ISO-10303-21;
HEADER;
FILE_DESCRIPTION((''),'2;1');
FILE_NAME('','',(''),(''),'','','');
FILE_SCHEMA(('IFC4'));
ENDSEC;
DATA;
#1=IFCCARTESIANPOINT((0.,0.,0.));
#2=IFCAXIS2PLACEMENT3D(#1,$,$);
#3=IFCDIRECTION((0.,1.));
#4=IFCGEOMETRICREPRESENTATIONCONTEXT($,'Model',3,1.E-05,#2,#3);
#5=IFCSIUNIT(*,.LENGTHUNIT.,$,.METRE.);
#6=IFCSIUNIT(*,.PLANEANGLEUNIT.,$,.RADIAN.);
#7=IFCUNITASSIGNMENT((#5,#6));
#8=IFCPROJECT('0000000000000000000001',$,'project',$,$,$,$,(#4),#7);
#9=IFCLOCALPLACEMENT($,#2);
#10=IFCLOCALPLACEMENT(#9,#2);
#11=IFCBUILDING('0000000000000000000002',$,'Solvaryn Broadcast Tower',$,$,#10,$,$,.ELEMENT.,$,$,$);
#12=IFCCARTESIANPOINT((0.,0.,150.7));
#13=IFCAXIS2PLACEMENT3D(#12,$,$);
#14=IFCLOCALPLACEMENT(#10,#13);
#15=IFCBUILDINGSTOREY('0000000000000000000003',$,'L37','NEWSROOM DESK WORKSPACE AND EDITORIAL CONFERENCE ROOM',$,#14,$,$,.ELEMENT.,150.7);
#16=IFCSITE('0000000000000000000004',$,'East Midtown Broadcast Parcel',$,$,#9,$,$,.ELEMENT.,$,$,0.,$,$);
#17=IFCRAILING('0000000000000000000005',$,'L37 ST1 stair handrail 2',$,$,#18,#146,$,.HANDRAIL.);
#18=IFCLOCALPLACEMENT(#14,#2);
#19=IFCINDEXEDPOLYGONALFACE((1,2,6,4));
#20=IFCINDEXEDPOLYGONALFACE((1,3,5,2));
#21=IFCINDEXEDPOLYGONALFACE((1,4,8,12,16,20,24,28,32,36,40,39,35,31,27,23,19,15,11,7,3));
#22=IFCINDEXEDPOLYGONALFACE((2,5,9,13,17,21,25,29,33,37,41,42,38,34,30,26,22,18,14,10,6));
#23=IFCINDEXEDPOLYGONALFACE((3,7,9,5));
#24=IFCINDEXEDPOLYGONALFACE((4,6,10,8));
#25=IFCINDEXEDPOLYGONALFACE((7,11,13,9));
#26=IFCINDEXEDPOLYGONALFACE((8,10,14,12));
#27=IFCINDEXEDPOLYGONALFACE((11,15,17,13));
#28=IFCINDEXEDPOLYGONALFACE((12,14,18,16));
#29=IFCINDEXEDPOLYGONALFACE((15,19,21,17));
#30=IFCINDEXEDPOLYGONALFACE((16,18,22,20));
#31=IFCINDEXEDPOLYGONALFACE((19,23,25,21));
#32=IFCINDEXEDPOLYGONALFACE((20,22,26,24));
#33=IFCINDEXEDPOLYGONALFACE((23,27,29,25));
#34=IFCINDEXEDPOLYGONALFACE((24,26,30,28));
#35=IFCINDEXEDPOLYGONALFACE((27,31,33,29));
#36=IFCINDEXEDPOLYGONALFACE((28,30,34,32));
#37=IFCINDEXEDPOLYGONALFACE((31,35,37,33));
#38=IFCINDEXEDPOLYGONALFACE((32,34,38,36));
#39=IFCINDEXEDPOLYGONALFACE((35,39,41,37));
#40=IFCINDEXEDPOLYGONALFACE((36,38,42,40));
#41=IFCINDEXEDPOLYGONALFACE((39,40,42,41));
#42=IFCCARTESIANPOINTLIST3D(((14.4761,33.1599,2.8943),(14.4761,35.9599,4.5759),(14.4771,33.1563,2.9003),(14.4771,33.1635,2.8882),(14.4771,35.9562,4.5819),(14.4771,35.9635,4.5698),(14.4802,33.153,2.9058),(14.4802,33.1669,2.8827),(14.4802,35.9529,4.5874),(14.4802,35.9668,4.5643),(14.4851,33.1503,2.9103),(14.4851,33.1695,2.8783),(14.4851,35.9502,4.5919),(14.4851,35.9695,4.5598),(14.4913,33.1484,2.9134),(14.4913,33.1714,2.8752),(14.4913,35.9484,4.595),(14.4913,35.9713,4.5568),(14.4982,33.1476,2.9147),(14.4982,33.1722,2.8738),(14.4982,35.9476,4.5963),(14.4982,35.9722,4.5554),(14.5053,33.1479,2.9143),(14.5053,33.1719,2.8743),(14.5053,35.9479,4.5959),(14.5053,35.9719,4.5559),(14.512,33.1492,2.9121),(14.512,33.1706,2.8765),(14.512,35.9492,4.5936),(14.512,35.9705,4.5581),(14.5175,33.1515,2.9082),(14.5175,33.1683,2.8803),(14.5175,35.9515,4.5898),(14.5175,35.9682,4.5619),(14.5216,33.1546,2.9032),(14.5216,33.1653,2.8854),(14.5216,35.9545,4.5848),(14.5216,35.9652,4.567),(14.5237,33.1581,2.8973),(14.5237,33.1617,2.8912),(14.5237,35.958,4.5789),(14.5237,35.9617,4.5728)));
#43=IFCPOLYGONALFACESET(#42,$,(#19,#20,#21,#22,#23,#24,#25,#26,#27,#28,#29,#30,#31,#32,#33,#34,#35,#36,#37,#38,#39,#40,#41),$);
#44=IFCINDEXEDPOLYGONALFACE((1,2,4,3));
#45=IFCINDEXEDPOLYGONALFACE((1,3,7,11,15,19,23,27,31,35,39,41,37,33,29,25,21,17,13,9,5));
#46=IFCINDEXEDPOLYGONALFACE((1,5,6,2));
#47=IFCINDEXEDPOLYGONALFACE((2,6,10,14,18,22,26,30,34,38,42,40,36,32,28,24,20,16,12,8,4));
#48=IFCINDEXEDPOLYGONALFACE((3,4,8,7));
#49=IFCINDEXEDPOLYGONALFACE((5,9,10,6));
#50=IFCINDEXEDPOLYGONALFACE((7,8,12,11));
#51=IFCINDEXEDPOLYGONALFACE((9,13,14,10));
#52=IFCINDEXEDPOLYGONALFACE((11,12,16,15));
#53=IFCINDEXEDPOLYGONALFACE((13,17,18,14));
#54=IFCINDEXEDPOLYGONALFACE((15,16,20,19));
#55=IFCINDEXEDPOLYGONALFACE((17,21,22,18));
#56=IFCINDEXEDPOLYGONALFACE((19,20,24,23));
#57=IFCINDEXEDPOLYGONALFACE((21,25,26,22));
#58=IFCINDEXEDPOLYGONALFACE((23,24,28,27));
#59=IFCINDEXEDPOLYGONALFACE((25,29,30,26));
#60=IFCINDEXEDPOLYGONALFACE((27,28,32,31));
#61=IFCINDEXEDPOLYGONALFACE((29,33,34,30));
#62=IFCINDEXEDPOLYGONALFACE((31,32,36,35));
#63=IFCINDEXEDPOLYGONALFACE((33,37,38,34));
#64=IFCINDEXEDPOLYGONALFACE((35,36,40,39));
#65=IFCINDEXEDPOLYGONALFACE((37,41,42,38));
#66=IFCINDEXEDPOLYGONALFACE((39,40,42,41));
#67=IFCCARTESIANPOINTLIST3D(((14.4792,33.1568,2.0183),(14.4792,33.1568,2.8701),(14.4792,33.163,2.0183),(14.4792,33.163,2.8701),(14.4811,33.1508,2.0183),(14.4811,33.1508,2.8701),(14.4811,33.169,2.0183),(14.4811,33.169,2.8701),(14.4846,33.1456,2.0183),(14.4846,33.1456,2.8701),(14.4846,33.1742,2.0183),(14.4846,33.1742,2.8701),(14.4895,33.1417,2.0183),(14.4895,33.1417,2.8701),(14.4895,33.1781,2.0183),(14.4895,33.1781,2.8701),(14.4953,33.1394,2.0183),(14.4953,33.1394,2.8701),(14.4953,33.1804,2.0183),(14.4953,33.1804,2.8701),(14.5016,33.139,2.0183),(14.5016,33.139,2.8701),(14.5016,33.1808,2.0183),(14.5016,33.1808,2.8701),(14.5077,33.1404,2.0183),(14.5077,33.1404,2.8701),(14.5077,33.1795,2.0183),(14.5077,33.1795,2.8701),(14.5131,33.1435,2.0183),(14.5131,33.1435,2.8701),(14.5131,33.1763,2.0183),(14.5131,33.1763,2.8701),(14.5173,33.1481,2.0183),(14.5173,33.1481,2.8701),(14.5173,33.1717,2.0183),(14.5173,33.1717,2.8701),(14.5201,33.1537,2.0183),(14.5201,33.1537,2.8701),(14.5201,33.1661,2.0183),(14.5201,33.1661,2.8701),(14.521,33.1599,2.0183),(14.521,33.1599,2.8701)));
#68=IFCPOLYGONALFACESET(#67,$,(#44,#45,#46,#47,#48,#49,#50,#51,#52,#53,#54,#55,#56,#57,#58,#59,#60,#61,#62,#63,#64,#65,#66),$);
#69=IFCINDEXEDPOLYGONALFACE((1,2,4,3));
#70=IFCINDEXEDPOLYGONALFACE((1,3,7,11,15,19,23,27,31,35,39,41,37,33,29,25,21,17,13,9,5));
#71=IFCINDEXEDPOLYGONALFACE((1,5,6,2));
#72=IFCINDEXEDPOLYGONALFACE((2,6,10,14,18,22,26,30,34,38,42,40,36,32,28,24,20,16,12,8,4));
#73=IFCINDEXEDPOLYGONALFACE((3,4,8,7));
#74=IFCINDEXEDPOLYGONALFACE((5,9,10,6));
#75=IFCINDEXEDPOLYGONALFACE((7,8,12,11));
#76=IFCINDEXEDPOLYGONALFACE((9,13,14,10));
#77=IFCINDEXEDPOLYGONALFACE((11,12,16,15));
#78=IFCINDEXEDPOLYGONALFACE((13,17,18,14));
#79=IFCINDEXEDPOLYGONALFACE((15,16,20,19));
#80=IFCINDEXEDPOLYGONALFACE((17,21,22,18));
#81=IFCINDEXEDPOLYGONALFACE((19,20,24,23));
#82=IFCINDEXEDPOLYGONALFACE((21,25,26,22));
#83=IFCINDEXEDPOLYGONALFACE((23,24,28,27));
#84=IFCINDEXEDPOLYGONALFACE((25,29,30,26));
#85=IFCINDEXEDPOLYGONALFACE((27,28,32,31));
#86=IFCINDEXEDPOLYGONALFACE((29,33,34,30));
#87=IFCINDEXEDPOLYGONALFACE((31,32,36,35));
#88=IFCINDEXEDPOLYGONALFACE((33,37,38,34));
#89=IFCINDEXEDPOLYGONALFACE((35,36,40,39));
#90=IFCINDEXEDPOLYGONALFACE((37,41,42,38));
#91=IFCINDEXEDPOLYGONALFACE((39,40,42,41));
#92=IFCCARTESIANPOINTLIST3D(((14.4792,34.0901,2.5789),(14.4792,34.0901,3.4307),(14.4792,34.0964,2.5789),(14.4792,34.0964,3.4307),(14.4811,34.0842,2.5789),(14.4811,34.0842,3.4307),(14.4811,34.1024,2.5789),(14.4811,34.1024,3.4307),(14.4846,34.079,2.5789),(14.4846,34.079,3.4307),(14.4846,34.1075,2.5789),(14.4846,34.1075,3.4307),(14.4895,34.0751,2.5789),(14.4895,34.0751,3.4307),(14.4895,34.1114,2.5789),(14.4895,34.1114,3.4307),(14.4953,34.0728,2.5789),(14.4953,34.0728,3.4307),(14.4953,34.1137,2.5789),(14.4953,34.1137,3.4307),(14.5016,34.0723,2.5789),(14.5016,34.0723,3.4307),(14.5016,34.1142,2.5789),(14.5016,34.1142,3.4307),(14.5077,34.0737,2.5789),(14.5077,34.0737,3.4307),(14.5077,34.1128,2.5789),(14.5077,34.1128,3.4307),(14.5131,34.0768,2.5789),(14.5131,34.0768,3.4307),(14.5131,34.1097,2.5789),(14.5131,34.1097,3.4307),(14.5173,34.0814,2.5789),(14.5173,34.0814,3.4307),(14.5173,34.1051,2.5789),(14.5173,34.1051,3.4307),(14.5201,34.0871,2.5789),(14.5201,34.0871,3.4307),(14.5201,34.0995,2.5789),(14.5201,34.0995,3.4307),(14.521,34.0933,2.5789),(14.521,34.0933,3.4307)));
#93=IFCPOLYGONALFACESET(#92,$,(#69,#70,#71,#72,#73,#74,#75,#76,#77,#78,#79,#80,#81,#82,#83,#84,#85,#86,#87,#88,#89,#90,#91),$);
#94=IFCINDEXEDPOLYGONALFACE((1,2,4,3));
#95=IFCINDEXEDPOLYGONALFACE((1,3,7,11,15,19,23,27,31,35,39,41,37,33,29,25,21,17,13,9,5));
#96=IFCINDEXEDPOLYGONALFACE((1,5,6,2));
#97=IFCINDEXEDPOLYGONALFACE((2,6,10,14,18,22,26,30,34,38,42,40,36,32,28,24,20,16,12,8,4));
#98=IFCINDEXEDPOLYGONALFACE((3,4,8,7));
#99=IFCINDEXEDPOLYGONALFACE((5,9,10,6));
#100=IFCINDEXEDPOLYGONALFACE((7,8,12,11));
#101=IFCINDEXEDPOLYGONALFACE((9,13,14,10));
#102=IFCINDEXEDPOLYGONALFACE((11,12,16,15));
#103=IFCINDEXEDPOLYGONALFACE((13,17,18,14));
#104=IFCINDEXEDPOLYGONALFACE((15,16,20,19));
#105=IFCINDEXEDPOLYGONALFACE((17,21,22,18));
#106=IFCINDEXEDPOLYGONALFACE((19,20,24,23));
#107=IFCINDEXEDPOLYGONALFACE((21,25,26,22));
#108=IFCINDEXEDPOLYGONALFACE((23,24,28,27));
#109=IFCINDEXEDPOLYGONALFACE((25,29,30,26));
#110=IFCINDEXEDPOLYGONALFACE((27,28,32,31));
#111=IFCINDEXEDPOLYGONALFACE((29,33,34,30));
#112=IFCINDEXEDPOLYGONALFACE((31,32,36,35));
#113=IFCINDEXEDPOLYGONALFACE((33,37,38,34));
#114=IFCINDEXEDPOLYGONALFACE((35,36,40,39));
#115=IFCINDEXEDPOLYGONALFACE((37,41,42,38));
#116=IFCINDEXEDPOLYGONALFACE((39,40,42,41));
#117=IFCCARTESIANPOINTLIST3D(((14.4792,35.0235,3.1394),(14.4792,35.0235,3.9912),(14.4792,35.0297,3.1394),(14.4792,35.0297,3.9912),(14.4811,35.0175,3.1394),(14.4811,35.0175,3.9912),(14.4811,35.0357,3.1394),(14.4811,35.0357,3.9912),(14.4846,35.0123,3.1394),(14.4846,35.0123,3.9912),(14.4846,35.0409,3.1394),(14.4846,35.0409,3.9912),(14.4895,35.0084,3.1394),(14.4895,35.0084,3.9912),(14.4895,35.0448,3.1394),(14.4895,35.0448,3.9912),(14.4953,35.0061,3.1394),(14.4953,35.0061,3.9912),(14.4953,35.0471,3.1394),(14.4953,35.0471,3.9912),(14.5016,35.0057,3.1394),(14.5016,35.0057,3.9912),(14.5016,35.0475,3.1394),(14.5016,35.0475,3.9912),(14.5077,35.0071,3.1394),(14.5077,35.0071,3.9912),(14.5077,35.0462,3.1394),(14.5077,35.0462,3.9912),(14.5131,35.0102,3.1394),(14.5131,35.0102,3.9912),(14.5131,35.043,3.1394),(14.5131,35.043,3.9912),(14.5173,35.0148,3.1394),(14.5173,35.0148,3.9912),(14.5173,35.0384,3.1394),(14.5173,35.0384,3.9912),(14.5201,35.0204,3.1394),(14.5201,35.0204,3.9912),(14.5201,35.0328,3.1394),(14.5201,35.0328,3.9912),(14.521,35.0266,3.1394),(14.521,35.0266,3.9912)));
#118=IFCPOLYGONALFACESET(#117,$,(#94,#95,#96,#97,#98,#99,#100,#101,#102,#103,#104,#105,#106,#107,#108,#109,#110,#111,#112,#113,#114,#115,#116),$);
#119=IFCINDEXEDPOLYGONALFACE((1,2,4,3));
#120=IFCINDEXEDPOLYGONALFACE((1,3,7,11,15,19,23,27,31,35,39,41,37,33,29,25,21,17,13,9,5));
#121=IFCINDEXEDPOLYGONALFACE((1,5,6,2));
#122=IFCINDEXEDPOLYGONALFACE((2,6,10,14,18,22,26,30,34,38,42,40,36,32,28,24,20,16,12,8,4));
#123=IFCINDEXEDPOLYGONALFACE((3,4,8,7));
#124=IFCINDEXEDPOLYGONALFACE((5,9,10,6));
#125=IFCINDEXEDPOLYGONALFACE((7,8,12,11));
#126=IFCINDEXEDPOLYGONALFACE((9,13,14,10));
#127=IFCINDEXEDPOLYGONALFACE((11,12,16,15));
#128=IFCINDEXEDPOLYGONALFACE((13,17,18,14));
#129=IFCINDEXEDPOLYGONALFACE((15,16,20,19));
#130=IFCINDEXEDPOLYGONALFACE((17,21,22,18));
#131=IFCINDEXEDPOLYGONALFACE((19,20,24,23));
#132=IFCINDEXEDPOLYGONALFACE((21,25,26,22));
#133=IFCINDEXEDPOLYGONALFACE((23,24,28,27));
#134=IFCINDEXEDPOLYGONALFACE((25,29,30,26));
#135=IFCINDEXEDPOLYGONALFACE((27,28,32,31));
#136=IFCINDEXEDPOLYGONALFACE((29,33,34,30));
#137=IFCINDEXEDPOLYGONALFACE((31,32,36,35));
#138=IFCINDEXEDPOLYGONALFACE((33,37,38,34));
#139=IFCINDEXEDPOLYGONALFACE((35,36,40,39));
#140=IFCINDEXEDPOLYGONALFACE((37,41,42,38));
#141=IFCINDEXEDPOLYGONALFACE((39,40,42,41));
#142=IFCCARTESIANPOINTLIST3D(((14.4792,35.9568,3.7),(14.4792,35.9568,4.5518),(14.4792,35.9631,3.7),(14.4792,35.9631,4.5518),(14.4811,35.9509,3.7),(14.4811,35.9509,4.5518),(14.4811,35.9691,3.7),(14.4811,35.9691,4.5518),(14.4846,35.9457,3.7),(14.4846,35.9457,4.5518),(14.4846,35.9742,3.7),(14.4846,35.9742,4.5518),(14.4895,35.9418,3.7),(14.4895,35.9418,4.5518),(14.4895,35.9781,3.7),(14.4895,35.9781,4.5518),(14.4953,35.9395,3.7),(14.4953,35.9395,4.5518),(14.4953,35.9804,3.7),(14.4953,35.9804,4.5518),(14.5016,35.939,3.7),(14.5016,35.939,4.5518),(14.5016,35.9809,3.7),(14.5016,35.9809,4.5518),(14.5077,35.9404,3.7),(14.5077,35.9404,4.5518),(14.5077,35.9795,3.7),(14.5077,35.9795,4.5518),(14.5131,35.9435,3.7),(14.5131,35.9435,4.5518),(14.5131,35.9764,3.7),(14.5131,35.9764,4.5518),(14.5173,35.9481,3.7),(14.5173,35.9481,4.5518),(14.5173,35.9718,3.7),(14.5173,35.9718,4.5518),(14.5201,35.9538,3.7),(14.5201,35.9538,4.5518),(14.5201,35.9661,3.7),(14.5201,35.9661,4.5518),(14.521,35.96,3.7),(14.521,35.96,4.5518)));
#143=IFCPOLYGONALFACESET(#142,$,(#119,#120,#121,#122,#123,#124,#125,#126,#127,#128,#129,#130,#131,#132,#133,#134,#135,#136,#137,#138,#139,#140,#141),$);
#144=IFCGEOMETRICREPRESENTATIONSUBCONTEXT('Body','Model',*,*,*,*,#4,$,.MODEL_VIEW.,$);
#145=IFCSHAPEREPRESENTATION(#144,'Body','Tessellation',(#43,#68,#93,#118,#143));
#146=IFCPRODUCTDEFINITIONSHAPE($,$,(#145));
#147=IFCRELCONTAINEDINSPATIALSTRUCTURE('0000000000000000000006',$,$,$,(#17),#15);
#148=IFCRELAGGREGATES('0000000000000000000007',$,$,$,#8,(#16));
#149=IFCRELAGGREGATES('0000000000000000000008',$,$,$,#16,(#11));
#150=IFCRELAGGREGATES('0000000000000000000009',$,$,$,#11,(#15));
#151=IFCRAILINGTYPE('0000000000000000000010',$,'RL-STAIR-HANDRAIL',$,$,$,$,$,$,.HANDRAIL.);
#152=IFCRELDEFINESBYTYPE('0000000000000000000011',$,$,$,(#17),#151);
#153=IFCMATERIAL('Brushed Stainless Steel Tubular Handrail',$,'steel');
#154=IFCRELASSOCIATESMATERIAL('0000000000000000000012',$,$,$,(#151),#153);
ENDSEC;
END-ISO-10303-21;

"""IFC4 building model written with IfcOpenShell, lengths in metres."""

from ifc_helpers import new_model, si_unit, direction, frame, origin, origin_2d, place, context, subcontext, project, spatial, circle, extrude, material, type_object, element, save


model = new_model("IFC4")

# Units and contexts
model_context = context("Model", 3, precision=1e-05, world=origin(), true_north=direction((0.0, 1.0)))
body_context = subcontext(model_context, "Body", "Model", "MODEL_VIEW")
ifc_project = project(units=[si_unit("LENGTHUNIT", "METRE"), si_unit("PLANEANGLEUNIT", "RADIAN")], contexts=[model_context])

# Site, building, storey
site_placement = place(None, origin())
site = spatial("IfcSite", under=ifc_project, at=site_placement, Name="East Midtown Broadcast Parcel", CompositionType="ELEMENT", RefElevation=0.0)
building_placement = place(site_placement, origin())
building = spatial("IfcBuilding", under=site, at=building_placement, Name="Solvaryn Broadcast Tower", CompositionType="ELEMENT")
storey_placement = place(building_placement, frame((0.0, 0.0, 150.7)))
storey = spatial("IfcBuildingStorey", under=building, at=storey_placement, Name="L37", Description="NEWSROOM DESK WORKSPACE AND EDITORIAL CONFERENCE ROOM", CompositionType="ELEMENT", Elevation=150.7)

# Railing
ifc_material_1 = material(Name="Brushed Stainless Steel Tubular Handrail", Category="steel")
railing_type_1 = type_object("IfcRailingType", Name="RL-STAIR-HANDRAIL", PredefinedType="HANDRAIL", material=ifc_material_1)
railing_1_placement = place(storey_placement, frame((14.5, 33.1599, 2.0183)))
element("IfcRailing", 1, at=railing_1_placement, inside=storey, type_object=railing_type_1, Name="L37 ST1 stair handrail 2", PredefinedType="HANDRAIL", context=body_context, shape_type="SweptSolid", body=[
    extrude(circle(Radius=0.0239, at=origin_2d()), frame((0.0, 0.0, 0.876), z_axis=(0.0, 0.857275, 0.514858), x_axis=(-1.0, 0.0, 0.0)), (0.0, 0.0, 1.0), 3.2661),
    extrude(circle(Radius=0.021, at=origin_2d()), origin(), (0.0, 0.0, 1.0), 0.8518),
    extrude(circle(Radius=0.021, at=origin_2d()), frame((0.0, 0.9333, 0.5605)), (0.0, 0.0, 1.0), 0.8518),
    extrude(circle(Radius=0.021, at=origin_2d()), frame((0.0, 1.8667, 1.1211)), (0.0, 0.0, 1.0), 0.8518),
    extrude(circle(Radius=0.021, at=origin_2d()), frame((0.0, 2.8, 1.6816)), (0.0, 0.0, 1.0), 0.8518),
])

save(model, "model.ifc")
